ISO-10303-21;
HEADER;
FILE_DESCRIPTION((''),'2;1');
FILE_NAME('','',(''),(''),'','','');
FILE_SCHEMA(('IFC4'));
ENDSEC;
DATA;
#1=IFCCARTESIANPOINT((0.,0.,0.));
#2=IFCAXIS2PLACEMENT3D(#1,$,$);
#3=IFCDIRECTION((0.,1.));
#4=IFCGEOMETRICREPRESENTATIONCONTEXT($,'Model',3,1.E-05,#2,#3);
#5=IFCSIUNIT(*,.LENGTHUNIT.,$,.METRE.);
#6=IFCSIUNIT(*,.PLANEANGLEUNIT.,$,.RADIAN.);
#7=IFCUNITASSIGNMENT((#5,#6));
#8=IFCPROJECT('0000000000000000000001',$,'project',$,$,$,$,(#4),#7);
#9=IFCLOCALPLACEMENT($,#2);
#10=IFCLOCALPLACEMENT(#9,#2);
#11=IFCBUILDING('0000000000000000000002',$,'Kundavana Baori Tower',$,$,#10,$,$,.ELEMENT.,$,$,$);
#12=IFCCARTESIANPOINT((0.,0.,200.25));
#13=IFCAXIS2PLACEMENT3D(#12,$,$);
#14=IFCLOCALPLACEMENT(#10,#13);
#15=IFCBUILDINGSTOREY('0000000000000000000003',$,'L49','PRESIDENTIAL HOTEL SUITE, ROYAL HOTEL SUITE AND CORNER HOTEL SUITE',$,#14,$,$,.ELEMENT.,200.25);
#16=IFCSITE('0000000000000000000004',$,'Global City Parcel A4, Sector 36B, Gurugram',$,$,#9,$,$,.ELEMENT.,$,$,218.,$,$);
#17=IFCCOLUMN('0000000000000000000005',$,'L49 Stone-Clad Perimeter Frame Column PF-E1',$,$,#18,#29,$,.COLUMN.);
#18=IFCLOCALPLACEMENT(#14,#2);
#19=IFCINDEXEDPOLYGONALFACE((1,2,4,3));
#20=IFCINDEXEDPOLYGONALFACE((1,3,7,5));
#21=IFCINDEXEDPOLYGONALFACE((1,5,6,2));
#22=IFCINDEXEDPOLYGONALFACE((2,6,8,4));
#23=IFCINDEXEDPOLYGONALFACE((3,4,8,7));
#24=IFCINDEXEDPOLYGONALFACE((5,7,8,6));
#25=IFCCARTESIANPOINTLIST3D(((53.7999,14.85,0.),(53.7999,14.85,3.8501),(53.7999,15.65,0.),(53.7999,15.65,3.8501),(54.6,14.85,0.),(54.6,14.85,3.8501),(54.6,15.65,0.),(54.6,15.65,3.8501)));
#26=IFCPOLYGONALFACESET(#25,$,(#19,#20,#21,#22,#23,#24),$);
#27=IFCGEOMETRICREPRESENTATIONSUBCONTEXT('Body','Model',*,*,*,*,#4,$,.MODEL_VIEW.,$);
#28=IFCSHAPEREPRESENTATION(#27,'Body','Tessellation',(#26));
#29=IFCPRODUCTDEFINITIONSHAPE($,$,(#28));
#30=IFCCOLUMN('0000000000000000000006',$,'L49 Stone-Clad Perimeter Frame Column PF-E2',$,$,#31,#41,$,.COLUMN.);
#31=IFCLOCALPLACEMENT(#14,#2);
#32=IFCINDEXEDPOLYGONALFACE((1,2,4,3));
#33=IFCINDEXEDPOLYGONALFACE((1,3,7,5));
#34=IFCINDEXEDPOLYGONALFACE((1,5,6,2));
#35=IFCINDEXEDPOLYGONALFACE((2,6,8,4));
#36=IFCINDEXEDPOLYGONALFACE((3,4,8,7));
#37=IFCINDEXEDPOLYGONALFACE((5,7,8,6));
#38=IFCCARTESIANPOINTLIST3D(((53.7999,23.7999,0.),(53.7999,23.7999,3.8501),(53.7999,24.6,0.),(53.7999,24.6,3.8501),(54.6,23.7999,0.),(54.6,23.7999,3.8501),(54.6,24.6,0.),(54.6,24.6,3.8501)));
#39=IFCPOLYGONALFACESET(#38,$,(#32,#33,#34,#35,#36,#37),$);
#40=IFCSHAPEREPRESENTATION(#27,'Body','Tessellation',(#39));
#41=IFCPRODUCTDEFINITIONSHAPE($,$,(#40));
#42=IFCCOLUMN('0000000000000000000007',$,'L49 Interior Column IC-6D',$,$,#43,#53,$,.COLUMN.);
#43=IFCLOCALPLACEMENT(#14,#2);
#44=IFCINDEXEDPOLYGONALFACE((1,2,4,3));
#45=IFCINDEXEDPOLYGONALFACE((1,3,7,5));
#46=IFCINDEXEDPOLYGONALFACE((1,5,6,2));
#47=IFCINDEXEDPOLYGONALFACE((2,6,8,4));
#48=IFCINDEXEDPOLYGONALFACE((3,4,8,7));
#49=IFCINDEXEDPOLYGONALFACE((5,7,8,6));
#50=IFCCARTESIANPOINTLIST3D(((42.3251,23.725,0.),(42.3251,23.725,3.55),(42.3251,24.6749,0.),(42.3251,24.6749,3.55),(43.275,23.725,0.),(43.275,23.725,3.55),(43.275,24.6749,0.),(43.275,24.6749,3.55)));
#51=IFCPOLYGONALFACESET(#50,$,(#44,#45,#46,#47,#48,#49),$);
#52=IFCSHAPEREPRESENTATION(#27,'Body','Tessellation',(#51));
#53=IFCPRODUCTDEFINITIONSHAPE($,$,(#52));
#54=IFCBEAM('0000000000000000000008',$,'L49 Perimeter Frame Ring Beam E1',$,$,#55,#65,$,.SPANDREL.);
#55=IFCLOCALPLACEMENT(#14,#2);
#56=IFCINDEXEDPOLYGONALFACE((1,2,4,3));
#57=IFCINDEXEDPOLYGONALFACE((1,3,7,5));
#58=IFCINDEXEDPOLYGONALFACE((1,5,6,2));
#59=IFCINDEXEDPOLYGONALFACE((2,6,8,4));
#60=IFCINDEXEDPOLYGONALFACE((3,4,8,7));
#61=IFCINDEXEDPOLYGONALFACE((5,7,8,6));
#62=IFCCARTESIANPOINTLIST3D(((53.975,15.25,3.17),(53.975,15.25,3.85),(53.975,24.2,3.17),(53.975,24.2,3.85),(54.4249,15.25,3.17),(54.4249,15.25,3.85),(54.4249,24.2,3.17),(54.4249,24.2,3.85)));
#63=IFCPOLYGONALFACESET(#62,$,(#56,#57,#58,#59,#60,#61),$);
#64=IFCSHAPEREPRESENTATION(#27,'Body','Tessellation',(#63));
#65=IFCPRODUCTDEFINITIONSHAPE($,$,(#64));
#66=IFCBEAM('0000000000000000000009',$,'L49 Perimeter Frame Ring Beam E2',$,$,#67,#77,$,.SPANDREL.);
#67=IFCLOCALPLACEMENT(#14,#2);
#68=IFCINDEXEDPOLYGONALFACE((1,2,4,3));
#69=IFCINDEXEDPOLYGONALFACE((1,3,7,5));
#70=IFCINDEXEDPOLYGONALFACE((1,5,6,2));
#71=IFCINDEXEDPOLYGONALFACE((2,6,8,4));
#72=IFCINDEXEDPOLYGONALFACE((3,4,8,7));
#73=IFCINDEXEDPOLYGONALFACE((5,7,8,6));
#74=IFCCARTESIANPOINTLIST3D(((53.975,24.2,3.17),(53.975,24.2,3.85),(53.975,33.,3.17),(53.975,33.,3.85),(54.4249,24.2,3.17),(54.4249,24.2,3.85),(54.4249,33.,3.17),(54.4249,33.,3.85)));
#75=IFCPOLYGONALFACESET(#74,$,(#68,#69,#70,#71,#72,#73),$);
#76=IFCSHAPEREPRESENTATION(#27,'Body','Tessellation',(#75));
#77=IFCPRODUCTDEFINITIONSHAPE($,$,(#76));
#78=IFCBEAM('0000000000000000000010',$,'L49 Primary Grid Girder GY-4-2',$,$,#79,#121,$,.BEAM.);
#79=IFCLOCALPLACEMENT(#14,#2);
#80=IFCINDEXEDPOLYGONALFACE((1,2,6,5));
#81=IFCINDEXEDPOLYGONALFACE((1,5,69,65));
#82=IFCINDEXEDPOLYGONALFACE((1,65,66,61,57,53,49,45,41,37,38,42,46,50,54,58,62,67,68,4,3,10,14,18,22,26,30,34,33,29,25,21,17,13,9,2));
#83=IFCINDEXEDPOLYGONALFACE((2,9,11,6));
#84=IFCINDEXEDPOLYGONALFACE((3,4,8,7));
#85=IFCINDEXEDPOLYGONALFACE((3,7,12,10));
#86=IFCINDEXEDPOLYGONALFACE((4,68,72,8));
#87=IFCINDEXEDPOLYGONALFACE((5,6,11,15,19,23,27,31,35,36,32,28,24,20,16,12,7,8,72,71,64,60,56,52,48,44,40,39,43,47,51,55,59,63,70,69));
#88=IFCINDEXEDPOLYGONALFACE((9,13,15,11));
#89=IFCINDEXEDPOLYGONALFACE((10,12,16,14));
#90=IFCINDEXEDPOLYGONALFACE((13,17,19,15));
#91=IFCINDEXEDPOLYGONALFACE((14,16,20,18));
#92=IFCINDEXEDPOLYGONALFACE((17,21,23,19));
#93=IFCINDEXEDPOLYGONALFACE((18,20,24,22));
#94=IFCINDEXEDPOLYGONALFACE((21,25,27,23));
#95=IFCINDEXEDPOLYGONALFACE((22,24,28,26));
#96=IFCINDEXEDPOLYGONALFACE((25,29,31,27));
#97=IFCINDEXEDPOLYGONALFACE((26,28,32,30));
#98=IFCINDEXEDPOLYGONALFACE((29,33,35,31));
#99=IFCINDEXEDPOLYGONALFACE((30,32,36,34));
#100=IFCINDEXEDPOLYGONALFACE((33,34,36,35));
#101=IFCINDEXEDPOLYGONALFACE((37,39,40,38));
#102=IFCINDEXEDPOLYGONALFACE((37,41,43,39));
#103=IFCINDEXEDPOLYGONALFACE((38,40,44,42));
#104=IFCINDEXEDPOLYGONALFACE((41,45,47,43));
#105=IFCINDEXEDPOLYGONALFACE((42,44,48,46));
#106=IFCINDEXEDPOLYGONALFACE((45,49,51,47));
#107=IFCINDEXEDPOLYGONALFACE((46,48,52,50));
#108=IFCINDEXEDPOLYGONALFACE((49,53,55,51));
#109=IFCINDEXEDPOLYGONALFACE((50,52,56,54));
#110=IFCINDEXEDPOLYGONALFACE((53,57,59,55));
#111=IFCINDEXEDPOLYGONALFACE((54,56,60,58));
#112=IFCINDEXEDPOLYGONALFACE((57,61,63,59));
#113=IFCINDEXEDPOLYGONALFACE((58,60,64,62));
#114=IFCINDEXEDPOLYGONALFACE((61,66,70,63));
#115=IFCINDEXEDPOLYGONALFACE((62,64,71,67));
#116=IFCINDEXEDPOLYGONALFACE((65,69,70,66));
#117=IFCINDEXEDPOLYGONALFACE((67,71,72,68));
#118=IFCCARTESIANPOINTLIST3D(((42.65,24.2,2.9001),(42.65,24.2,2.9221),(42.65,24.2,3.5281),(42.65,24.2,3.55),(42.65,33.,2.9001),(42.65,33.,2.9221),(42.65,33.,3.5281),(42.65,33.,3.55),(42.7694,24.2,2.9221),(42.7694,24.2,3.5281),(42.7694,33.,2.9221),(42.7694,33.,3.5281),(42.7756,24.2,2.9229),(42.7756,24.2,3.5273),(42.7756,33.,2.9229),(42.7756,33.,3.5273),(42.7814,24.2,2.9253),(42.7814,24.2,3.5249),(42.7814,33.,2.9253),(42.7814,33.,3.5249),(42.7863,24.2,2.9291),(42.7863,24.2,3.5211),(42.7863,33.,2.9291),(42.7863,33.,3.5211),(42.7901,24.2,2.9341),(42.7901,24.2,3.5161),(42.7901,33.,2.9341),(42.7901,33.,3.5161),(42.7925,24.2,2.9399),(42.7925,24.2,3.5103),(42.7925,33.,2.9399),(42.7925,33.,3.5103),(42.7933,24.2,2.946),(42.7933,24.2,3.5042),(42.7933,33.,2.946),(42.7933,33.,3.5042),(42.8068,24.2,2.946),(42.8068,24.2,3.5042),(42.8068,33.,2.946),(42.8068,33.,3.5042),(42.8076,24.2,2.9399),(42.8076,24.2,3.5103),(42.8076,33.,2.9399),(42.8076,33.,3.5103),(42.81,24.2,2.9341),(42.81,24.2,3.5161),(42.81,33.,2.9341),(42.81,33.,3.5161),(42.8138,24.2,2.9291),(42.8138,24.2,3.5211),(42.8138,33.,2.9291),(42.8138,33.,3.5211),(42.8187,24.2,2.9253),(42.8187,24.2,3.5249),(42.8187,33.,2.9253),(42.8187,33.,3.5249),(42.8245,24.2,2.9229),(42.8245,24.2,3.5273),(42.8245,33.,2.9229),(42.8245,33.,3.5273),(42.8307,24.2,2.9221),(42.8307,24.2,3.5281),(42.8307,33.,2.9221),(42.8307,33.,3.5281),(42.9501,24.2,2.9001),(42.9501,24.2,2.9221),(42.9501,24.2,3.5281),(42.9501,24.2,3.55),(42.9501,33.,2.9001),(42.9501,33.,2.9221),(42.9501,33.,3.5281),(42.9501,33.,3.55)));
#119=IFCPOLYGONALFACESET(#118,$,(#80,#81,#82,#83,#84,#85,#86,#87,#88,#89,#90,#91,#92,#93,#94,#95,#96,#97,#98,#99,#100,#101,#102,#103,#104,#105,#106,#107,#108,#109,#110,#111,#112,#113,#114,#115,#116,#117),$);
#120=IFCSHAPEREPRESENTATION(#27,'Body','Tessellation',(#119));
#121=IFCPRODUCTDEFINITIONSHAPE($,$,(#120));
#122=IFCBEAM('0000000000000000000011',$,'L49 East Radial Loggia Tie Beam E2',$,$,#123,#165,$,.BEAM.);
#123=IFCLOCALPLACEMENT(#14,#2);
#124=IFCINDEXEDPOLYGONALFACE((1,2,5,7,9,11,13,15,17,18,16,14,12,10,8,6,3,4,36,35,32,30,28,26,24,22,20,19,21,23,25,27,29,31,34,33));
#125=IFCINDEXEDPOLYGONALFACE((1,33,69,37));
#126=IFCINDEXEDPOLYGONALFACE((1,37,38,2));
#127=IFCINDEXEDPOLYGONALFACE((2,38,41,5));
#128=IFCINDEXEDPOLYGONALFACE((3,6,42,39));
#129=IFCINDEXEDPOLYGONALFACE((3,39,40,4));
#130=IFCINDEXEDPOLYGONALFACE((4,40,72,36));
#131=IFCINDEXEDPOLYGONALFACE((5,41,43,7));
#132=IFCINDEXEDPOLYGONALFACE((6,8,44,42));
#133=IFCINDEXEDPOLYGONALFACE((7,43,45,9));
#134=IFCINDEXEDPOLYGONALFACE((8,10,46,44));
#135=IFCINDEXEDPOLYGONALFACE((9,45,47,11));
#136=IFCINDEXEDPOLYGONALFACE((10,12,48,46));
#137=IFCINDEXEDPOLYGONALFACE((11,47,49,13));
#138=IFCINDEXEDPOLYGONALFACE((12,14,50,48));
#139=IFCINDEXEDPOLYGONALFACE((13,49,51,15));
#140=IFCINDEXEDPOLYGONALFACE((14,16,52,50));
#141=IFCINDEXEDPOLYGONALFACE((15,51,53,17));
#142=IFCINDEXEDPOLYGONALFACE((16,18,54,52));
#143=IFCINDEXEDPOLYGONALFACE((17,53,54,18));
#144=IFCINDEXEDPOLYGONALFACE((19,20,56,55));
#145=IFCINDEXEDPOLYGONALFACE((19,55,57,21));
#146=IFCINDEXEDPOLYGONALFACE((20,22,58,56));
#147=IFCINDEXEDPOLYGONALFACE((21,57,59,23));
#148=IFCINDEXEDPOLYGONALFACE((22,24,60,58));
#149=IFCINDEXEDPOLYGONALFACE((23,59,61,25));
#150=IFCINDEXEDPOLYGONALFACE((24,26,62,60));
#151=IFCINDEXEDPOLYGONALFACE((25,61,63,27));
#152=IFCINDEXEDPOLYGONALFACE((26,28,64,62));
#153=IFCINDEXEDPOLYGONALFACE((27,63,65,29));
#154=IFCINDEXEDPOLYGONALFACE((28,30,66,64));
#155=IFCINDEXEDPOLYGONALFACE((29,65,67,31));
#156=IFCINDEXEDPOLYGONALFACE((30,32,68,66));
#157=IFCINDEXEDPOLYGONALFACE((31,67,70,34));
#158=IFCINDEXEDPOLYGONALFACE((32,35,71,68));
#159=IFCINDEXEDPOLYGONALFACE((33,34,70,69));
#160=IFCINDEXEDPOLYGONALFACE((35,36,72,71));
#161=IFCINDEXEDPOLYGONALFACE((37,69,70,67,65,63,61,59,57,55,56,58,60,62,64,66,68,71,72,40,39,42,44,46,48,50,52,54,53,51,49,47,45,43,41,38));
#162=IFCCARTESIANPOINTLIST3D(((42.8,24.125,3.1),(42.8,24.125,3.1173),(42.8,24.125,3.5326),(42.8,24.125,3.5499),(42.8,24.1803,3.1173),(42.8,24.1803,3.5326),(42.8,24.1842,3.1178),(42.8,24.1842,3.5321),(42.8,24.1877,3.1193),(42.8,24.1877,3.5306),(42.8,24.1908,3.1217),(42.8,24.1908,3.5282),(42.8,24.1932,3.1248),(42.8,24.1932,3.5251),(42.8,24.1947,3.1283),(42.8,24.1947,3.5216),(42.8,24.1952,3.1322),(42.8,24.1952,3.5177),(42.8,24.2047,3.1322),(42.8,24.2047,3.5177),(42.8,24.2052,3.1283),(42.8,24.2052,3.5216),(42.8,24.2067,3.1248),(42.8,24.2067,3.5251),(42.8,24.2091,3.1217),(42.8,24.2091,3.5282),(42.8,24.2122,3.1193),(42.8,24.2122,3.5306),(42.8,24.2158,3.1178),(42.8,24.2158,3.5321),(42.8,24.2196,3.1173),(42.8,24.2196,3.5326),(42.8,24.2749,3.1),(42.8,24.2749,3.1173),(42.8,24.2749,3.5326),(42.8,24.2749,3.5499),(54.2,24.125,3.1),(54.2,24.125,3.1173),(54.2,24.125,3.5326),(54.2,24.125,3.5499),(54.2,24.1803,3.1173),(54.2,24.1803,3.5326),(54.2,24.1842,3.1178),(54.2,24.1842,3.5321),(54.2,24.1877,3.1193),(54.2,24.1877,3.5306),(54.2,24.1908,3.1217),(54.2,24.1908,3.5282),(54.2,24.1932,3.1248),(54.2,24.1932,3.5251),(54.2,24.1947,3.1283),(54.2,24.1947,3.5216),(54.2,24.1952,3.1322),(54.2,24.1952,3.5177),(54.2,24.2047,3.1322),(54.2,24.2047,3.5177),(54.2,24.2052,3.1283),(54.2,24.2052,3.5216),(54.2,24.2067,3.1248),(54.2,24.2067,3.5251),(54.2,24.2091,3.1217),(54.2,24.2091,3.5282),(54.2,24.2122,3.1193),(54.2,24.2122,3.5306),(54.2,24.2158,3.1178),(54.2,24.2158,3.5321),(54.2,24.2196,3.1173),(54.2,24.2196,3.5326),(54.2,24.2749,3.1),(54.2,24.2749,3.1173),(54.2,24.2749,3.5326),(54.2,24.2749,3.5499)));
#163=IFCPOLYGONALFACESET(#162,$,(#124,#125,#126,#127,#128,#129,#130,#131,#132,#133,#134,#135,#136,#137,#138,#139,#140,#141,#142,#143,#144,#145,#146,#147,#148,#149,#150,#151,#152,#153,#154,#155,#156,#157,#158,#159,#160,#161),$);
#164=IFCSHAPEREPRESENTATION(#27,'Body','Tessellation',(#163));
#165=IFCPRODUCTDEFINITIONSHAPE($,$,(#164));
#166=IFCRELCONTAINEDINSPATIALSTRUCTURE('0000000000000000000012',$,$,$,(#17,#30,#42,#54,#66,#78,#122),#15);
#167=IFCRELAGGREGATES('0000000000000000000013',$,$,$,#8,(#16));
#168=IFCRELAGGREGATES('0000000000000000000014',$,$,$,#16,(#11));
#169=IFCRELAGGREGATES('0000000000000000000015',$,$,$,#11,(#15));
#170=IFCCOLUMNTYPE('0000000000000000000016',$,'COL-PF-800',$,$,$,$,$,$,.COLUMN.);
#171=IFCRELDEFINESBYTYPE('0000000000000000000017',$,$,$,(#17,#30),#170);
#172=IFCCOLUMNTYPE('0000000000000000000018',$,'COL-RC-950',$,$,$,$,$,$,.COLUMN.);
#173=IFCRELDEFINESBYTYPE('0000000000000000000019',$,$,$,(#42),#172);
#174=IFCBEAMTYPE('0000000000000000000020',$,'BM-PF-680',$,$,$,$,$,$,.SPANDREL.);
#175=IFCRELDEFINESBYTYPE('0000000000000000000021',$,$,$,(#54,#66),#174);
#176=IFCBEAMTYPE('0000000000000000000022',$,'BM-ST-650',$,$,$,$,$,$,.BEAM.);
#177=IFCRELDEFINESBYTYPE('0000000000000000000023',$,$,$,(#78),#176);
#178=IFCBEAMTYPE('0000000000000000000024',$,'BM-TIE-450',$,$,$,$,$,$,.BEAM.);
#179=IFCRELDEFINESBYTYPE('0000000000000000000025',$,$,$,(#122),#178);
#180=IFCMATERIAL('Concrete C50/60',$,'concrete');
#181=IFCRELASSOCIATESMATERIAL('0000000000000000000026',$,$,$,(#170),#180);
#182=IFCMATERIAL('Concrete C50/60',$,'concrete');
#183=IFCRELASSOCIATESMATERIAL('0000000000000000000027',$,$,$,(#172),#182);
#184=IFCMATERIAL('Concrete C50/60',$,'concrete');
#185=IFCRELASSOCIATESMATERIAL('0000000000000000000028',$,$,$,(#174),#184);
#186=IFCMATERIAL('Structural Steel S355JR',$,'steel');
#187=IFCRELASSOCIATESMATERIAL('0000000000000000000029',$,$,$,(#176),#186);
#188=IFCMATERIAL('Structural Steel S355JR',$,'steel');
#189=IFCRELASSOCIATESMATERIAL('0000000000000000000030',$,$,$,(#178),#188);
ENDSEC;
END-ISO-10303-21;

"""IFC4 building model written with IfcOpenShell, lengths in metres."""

from ifc_helpers import new_model, si_unit, direction, frame, origin, origin_2d, place, context, subcontext, project, spatial, rectangle, i_section, extrude, material, material_profile, profile_set, type_object, element, save


model = new_model("IFC4")

# Units and contexts
model_context = context("Model", 3, precision=1e-05, world=origin(), true_north=direction((0.0, 1.0)))
body_context = subcontext(model_context, "Body", "Model", "MODEL_VIEW")
ifc_project = project(units=[si_unit("LENGTHUNIT", "METRE"), si_unit("PLANEANGLEUNIT", "RADIAN")], contexts=[model_context])

# Site, building, storey
site_placement = place(None, origin())
site = spatial("IfcSite", under=ifc_project, at=site_placement, Name="Global City Parcel A4, Sector 36B, Gurugram", CompositionType="ELEMENT", RefElevation=218.0)
building_placement = place(site_placement, origin())
building = spatial("IfcBuilding", under=site, at=building_placement, Name="Kundavana Baori Tower", CompositionType="ELEMENT")
storey_placement = place(building_placement, frame((0.0, 0.0, 200.25)))
storey = spatial("IfcBuildingStorey", under=building, at=storey_placement, Name="L49", Description="PRESIDENTIAL HOTEL SUITE, ROYAL HOTEL SUITE AND CORNER HOTEL SUITE", CompositionType="ELEMENT", Elevation=200.25)

# Columns
ifc_material_1 = material(Name="Concrete C50/60", Category="concrete")
ifc_material_profile_1 = material_profile(ifc_material_1, rectangle(XDim=0.8, YDim=0.8, at=origin_2d()), Name="RC PF 800x800")
ifc_profile_set_1 = profile_set([ifc_material_profile_1], Name="Concrete C50/60")
column_type_1 = type_object("IfcColumnType", Name="COL-PF-800", PredefinedType="COLUMN", material=ifc_profile_set_1)
for number, where, z_axis, x_axis, name in (
    (1, (54.2, 15.25, 0.0), (0.0, 0.0, 1.0), (1.0, 0.0, 0.0), "L49 Stone-Clad Perimeter Frame Column PF-E1"),
    (2, (54.2, 24.2, 0.0), (0.0, 0.0, 1.0), (1.0, 0.0, 0.0), "L49 Stone-Clad Perimeter Frame Column PF-E2"),
):
    element("IfcColumn", number, at=place(storey_placement, frame(where, z_axis=z_axis, x_axis=x_axis)), inside=storey, type_object=column_type_1, Name=name, PredefinedType="COLUMN", context=body_context, shape_type="SweptSolid", body=[
        extrude(rectangle(XDim=0.8, YDim=0.8, at=origin_2d()), origin(), (0.0, 0.0, 1.0), 3.8501),
    ])
ifc_material_2 = material(Name="Concrete C50/60", Category="concrete")
ifc_material_profile_2 = material_profile(ifc_material_2, rectangle(XDim=0.95, YDim=0.95, at=origin_2d()), Name="RC 950x950")
ifc_profile_set_2 = profile_set([ifc_material_profile_2], Name="Concrete C50/60")
column_type_2 = type_object("IfcColumnType", Name="COL-RC-950", PredefinedType="COLUMN", material=ifc_profile_set_2)
column_placement = place(storey_placement, frame((42.8, 24.2, 0.0), z_axis=(0.0, 0.0, 1.0), x_axis=(1.0, 0.0, 0.0)))
element("IfcColumn", 3, at=column_placement, inside=storey, type_object=column_type_2, Name="L49 Interior Column IC-6D", PredefinedType="COLUMN", context=body_context, shape_type="SweptSolid", body=[
    extrude(rectangle(XDim=0.95, YDim=0.95, at=origin_2d()), origin(), (0.0, 0.0, 1.0), 3.55),
])

# Beams
ifc_material_3 = material(Name="Concrete C50/60", Category="concrete")
ifc_material_profile_3 = material_profile(ifc_material_3, rectangle(XDim=0.45, YDim=0.6799, at=origin_2d()), Name="RC BM 450x680")
ifc_profile_set_3 = profile_set([ifc_material_profile_3], Name="Concrete C50/60")
beam_type_1 = type_object("IfcBeamType", Name="BM-PF-680", PredefinedType="SPANDREL", material=ifc_profile_set_3)
beam_1_placement = place(storey_placement, frame((54.2, 15.25, 3.51), z_axis=(0.0, 1.0, 0.0), x_axis=(-1.0, 0.0, 0.0)))
element("IfcBeam", 4, at=beam_1_placement, inside=storey, type_object=beam_type_1, Name="L49 Perimeter Frame Ring Beam E1", PredefinedType="SPANDREL", context=body_context, shape_type="SweptSolid", body=[
    extrude(rectangle(XDim=0.45, YDim=0.6799, at=origin_2d()), origin(), (0.0, 0.0, 1.0), 8.95),
])
beam_2_placement = place(storey_placement, frame((54.2, 24.2, 3.51), z_axis=(0.0, 1.0, 0.0), x_axis=(-1.0, 0.0, 0.0)))
element("IfcBeam", 5, at=beam_2_placement, inside=storey, type_object=beam_type_1, Name="L49 Perimeter Frame Ring Beam E2", PredefinedType="SPANDREL", context=body_context, shape_type="SweptSolid", body=[
    extrude(rectangle(XDim=0.45, YDim=0.6799, at=origin_2d()), origin(), (0.0, 0.0, 1.0), 8.8),
])
ifc_material_4 = material(Name="Structural Steel S355JR", Category="steel")
ifc_material_profile_4 = material_profile(ifc_material_4, i_section(OverallWidth=0.3, OverallDepth=0.6499, WebThickness=0.0134, FlangeThickness=0.022, FilletRadius=0.0239, at=origin_2d()), Name="NPB 650x300x155")
ifc_profile_set_4 = profile_set([ifc_material_profile_4], Name="Structural Steel S355JR")
beam_type_2 = type_object("IfcBeamType", Name="BM-ST-650", PredefinedType="BEAM", material=ifc_profile_set_4)
beam_3_placement = place(storey_placement, frame((42.8, 24.2, 3.2251), z_axis=(0.0, 1.0, 0.0), x_axis=(-1.0, 0.0, 0.0)))
element("IfcBeam", 6, at=beam_3_placement, inside=storey, type_object=beam_type_2, Name="L49 Primary Grid Girder GY-4-2", PredefinedType="BEAM", context=body_context, shape_type="SweptSolid", body=[
    extrude(i_section(OverallWidth=0.3, OverallDepth=0.6499, WebThickness=0.0134, FlangeThickness=0.022, FilletRadius=0.0239, at=origin_2d()), origin(), (0.0, 0.0, 1.0), 8.8),
])
ifc_material_5 = material(Name="Structural Steel S355JR", Category="steel")
ifc_material_profile_5 = material_profile(ifc_material_5, i_section(OverallWidth=0.1499, OverallDepth=0.45, WebThickness=0.0095, FlangeThickness=0.0173, FilletRadius=0.0149, at=origin_2d()), Name="ISMB 450")
ifc_profile_set_5 = profile_set([ifc_material_profile_5], Name="Structural Steel S355JR")
beam_type_3 = type_object("IfcBeamType", Name="BM-TIE-450", PredefinedType="BEAM", material=ifc_profile_set_5)
beam_4_placement = place(storey_placement, frame((42.8, 24.2, 3.325), z_axis=(1.0, 0.0, 0.0), x_axis=(0.0, 1.0, 0.0)))
element("IfcBeam", 7, at=beam_4_placement, inside=storey, type_object=beam_type_3, Name="L49 East Radial Loggia Tie Beam E2", PredefinedType="BEAM", context=body_context, shape_type="SweptSolid", body=[
    extrude(i_section(OverallWidth=0.1499, OverallDepth=0.45, WebThickness=0.0095, FlangeThickness=0.0173, FilletRadius=0.0149, at=origin_2d()), origin(), (0.0, 0.0, 1.0), 11.3999),
])

save(model, "model.ifc")
